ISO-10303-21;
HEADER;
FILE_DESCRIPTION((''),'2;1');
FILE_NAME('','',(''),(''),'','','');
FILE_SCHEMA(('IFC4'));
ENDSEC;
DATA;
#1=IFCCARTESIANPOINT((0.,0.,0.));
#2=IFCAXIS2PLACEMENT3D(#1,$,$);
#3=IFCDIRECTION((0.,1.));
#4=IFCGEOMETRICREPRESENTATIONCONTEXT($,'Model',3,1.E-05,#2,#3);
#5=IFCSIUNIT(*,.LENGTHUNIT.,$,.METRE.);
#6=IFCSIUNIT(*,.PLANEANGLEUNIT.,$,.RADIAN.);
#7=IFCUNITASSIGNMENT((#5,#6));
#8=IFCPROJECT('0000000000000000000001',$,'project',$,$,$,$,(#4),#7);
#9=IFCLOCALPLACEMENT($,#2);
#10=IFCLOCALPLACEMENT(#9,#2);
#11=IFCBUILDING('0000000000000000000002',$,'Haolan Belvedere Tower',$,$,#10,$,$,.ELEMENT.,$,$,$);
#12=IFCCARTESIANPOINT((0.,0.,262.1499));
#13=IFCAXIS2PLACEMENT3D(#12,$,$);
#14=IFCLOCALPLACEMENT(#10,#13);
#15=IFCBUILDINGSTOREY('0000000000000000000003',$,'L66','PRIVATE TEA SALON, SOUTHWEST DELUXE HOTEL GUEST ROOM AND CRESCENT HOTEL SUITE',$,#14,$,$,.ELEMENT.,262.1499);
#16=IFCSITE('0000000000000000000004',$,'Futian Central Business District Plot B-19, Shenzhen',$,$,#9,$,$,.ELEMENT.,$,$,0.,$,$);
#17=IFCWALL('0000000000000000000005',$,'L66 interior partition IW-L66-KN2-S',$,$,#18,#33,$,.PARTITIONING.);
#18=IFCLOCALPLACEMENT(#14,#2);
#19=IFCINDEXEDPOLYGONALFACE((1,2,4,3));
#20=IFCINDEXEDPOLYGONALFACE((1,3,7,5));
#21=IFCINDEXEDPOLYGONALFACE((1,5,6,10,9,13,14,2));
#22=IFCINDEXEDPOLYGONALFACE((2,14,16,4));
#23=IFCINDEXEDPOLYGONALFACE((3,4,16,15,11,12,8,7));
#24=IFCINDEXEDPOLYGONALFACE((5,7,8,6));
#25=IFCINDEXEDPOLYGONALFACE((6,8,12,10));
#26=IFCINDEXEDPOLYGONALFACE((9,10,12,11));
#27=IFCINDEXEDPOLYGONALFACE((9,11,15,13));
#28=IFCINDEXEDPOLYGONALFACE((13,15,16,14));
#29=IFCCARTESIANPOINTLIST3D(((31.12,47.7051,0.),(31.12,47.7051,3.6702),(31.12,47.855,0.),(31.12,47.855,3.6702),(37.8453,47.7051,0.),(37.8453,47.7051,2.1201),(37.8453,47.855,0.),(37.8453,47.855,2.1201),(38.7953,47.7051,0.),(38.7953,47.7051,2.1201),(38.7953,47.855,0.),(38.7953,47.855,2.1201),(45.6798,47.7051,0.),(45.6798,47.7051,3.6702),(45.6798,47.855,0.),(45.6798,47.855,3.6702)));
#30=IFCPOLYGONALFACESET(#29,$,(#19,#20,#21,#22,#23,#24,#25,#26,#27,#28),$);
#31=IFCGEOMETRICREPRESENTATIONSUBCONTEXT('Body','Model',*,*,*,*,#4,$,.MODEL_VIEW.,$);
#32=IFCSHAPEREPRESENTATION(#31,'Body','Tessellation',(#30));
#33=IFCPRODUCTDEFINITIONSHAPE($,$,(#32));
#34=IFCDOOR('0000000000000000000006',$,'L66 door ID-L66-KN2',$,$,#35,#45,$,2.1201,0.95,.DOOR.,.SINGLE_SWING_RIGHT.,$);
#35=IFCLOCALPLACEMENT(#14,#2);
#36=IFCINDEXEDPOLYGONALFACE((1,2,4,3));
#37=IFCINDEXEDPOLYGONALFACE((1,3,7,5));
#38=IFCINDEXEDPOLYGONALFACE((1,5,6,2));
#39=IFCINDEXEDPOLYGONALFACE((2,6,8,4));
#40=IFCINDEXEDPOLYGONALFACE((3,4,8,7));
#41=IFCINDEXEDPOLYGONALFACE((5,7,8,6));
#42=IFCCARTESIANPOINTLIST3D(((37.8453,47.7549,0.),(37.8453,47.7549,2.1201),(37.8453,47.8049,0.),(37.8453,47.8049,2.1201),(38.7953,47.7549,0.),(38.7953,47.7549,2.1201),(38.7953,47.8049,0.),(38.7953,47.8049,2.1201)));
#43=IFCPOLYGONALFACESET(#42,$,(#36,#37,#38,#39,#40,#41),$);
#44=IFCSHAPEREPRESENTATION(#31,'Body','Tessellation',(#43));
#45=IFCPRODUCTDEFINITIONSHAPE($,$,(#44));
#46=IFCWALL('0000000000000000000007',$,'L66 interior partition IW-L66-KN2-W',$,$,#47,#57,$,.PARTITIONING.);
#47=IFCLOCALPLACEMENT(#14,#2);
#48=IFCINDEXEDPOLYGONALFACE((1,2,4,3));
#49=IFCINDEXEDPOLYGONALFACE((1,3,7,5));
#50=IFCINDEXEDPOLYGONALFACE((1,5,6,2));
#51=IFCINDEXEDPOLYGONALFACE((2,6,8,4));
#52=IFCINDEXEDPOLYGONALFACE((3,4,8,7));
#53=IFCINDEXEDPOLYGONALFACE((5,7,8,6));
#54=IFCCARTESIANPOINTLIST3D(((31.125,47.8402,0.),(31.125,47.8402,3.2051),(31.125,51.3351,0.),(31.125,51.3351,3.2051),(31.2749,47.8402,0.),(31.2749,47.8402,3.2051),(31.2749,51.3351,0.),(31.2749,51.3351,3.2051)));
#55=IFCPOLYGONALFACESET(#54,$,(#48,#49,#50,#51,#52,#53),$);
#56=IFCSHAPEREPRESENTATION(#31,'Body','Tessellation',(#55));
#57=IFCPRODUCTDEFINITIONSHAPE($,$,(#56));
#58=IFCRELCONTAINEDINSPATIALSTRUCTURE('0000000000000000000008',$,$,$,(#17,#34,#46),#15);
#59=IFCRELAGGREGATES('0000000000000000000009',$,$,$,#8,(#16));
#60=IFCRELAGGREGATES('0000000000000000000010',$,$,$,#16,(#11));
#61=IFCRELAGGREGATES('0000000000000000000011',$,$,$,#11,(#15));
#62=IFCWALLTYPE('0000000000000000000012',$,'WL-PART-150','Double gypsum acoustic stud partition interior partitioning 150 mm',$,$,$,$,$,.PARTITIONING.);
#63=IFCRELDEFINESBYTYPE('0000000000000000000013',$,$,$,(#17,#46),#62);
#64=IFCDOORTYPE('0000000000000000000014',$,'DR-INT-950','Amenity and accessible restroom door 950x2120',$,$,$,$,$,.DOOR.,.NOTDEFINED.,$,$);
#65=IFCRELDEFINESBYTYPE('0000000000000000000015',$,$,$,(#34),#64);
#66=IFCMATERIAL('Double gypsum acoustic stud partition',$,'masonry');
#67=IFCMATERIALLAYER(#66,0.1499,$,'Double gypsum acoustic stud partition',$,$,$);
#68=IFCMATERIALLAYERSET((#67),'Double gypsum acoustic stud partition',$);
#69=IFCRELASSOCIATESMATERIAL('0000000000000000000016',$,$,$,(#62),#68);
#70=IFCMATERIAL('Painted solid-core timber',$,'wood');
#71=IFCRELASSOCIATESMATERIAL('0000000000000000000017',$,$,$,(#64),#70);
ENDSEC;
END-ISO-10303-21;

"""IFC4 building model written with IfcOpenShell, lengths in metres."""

from ifc_helpers import new_model, si_unit, direction, frame, frame_2d, origin, place, context, subcontext, project, spatial, rectangle, extrude, material, layer, layer_set, type_object, element, fill, save


model = new_model("IFC4")

# Units and contexts
model_context = context("Model", 3, precision=1e-05, world=origin(), true_north=direction((0.0, 1.0)))
body_context = subcontext(model_context, "Body", "Model", "MODEL_VIEW")
ifc_project = project(units=[si_unit("LENGTHUNIT", "METRE"), si_unit("PLANEANGLEUNIT", "RADIAN")], contexts=[model_context])

# Site, building, storey
site_placement = place(None, origin())
site = spatial("IfcSite", under=ifc_project, at=site_placement, Name="Futian Central Business District Plot B-19, Shenzhen", CompositionType="ELEMENT", RefElevation=0.0)
building_placement = place(site_placement, origin())
building = spatial("IfcBuilding", under=site, at=building_placement, Name="Haolan Belvedere Tower", CompositionType="ELEMENT")
storey_placement = place(building_placement, frame((0.0, 0.0, 262.1499)))
storey = spatial("IfcBuildingStorey", under=building, at=storey_placement, Name="L66", Description="PRIVATE TEA SALON, SOUTHWEST DELUXE HOTEL GUEST ROOM AND CRESCENT HOTEL SUITE", CompositionType="ELEMENT", Elevation=262.1499)

# Shared definitions
ifc_material_1 = material(Name="Double gypsum acoustic stud partition", Category="masonry")
ifc_layer_1 = layer(ifc_material_1, 0.1499, Name="Double gypsum acoustic stud partition")
ifc_layer_set_1 = layer_set([ifc_layer_1], Name="Double gypsum acoustic stud partition")
wall_type_1 = type_object("IfcWallType", Name="WL-PART-150", Description="Double gypsum acoustic stud partition interior partitioning 150 mm", PredefinedType="PARTITIONING", material=ifc_layer_set_1)

# Wall, opening, door
wall_1_placement = place(storey_placement, frame((31.1201, 47.78, 0.0), z_axis=(0.0, 0.0, 1.0), x_axis=(1.0, 0.0, 0.0)))
wall_1 = element("IfcWall", 1, at=wall_1_placement, inside=storey, type_object=wall_type_1, Name="L66 interior partition IW-L66-KN2-S", PredefinedType="PARTITIONING", context=body_context, shape_type="SweptSolid", body=[
    extrude(rectangle(XDim=14.5598, YDim=0.1499, at=frame_2d((7.2798, 0.0))), origin(), (0.0, 0.0, 1.0), 3.6702),
])
opening_1_placement = place(wall_1_placement, frame((6.7251, 0.0, 0.0)))
opening_1 = element("IfcOpeningElement", 2, at=opening_1_placement, cuts=wall_1, PredefinedType="OPENING", context=body_context, shape_type="SweptSolid", body=[
    extrude(rectangle(XDim=0.95, YDim=2.1201, at=frame_2d((0.4751, 1.0601))), frame((0.0, 0.085, 0.0), z_axis=(0.0, -1.0, 0.0), x_axis=(1.0, 0.0, 0.0)), (0.0, 0.0, 1.0), 0.1699),
])
ifc_material_2 = material(Name="Painted solid-core timber", Category="wood")
door_type_1 = type_object("IfcDoorType", Name="DR-INT-950", Description="Amenity and accessible restroom door 950x2120", OperationType="NOTDEFINED", PredefinedType="DOOR", material=ifc_material_2)
door_1_placement = place(opening_1_placement, origin())
door_1 = element("IfcDoor", 3, at=door_1_placement, inside=storey, type_object=door_type_1, Name="L66 door ID-L66-KN2", OperationType="SINGLE_SWING_RIGHT", OverallHeight=2.1201, OverallWidth=0.95, PredefinedType="DOOR", context=body_context, shape_type="SweptSolid", body=[
    extrude(rectangle(XDim=0.95, YDim=2.1201, at=frame_2d((0.4751, 1.0601))), frame((0.0, 0.0249, 0.0), z_axis=(0.0, -1.0, 0.0), x_axis=(1.0, 0.0, 0.0)), (0.0, 0.0, 1.0), 0.05),
])
fill(opening_1, door_1)

# Wall
wall_2_placement = place(storey_placement, frame((31.2, 47.8401, 0.0), z_axis=(0.0, 0.0, 1.0), x_axis=(0.0, 1.0, 0.0)))
element("IfcWall", 4, at=wall_2_placement, inside=storey, type_object=wall_type_1, Name="L66 interior partition IW-L66-KN2-W", PredefinedType="PARTITIONING", context=body_context, shape_type="SweptSolid", body=[
    extrude(rectangle(XDim=3.4949, YDim=0.1499, at=frame_2d((1.7476, 0.0))), origin(), (0.0, 0.0, 1.0), 3.2051),
])

save(model, "model.ifc")
